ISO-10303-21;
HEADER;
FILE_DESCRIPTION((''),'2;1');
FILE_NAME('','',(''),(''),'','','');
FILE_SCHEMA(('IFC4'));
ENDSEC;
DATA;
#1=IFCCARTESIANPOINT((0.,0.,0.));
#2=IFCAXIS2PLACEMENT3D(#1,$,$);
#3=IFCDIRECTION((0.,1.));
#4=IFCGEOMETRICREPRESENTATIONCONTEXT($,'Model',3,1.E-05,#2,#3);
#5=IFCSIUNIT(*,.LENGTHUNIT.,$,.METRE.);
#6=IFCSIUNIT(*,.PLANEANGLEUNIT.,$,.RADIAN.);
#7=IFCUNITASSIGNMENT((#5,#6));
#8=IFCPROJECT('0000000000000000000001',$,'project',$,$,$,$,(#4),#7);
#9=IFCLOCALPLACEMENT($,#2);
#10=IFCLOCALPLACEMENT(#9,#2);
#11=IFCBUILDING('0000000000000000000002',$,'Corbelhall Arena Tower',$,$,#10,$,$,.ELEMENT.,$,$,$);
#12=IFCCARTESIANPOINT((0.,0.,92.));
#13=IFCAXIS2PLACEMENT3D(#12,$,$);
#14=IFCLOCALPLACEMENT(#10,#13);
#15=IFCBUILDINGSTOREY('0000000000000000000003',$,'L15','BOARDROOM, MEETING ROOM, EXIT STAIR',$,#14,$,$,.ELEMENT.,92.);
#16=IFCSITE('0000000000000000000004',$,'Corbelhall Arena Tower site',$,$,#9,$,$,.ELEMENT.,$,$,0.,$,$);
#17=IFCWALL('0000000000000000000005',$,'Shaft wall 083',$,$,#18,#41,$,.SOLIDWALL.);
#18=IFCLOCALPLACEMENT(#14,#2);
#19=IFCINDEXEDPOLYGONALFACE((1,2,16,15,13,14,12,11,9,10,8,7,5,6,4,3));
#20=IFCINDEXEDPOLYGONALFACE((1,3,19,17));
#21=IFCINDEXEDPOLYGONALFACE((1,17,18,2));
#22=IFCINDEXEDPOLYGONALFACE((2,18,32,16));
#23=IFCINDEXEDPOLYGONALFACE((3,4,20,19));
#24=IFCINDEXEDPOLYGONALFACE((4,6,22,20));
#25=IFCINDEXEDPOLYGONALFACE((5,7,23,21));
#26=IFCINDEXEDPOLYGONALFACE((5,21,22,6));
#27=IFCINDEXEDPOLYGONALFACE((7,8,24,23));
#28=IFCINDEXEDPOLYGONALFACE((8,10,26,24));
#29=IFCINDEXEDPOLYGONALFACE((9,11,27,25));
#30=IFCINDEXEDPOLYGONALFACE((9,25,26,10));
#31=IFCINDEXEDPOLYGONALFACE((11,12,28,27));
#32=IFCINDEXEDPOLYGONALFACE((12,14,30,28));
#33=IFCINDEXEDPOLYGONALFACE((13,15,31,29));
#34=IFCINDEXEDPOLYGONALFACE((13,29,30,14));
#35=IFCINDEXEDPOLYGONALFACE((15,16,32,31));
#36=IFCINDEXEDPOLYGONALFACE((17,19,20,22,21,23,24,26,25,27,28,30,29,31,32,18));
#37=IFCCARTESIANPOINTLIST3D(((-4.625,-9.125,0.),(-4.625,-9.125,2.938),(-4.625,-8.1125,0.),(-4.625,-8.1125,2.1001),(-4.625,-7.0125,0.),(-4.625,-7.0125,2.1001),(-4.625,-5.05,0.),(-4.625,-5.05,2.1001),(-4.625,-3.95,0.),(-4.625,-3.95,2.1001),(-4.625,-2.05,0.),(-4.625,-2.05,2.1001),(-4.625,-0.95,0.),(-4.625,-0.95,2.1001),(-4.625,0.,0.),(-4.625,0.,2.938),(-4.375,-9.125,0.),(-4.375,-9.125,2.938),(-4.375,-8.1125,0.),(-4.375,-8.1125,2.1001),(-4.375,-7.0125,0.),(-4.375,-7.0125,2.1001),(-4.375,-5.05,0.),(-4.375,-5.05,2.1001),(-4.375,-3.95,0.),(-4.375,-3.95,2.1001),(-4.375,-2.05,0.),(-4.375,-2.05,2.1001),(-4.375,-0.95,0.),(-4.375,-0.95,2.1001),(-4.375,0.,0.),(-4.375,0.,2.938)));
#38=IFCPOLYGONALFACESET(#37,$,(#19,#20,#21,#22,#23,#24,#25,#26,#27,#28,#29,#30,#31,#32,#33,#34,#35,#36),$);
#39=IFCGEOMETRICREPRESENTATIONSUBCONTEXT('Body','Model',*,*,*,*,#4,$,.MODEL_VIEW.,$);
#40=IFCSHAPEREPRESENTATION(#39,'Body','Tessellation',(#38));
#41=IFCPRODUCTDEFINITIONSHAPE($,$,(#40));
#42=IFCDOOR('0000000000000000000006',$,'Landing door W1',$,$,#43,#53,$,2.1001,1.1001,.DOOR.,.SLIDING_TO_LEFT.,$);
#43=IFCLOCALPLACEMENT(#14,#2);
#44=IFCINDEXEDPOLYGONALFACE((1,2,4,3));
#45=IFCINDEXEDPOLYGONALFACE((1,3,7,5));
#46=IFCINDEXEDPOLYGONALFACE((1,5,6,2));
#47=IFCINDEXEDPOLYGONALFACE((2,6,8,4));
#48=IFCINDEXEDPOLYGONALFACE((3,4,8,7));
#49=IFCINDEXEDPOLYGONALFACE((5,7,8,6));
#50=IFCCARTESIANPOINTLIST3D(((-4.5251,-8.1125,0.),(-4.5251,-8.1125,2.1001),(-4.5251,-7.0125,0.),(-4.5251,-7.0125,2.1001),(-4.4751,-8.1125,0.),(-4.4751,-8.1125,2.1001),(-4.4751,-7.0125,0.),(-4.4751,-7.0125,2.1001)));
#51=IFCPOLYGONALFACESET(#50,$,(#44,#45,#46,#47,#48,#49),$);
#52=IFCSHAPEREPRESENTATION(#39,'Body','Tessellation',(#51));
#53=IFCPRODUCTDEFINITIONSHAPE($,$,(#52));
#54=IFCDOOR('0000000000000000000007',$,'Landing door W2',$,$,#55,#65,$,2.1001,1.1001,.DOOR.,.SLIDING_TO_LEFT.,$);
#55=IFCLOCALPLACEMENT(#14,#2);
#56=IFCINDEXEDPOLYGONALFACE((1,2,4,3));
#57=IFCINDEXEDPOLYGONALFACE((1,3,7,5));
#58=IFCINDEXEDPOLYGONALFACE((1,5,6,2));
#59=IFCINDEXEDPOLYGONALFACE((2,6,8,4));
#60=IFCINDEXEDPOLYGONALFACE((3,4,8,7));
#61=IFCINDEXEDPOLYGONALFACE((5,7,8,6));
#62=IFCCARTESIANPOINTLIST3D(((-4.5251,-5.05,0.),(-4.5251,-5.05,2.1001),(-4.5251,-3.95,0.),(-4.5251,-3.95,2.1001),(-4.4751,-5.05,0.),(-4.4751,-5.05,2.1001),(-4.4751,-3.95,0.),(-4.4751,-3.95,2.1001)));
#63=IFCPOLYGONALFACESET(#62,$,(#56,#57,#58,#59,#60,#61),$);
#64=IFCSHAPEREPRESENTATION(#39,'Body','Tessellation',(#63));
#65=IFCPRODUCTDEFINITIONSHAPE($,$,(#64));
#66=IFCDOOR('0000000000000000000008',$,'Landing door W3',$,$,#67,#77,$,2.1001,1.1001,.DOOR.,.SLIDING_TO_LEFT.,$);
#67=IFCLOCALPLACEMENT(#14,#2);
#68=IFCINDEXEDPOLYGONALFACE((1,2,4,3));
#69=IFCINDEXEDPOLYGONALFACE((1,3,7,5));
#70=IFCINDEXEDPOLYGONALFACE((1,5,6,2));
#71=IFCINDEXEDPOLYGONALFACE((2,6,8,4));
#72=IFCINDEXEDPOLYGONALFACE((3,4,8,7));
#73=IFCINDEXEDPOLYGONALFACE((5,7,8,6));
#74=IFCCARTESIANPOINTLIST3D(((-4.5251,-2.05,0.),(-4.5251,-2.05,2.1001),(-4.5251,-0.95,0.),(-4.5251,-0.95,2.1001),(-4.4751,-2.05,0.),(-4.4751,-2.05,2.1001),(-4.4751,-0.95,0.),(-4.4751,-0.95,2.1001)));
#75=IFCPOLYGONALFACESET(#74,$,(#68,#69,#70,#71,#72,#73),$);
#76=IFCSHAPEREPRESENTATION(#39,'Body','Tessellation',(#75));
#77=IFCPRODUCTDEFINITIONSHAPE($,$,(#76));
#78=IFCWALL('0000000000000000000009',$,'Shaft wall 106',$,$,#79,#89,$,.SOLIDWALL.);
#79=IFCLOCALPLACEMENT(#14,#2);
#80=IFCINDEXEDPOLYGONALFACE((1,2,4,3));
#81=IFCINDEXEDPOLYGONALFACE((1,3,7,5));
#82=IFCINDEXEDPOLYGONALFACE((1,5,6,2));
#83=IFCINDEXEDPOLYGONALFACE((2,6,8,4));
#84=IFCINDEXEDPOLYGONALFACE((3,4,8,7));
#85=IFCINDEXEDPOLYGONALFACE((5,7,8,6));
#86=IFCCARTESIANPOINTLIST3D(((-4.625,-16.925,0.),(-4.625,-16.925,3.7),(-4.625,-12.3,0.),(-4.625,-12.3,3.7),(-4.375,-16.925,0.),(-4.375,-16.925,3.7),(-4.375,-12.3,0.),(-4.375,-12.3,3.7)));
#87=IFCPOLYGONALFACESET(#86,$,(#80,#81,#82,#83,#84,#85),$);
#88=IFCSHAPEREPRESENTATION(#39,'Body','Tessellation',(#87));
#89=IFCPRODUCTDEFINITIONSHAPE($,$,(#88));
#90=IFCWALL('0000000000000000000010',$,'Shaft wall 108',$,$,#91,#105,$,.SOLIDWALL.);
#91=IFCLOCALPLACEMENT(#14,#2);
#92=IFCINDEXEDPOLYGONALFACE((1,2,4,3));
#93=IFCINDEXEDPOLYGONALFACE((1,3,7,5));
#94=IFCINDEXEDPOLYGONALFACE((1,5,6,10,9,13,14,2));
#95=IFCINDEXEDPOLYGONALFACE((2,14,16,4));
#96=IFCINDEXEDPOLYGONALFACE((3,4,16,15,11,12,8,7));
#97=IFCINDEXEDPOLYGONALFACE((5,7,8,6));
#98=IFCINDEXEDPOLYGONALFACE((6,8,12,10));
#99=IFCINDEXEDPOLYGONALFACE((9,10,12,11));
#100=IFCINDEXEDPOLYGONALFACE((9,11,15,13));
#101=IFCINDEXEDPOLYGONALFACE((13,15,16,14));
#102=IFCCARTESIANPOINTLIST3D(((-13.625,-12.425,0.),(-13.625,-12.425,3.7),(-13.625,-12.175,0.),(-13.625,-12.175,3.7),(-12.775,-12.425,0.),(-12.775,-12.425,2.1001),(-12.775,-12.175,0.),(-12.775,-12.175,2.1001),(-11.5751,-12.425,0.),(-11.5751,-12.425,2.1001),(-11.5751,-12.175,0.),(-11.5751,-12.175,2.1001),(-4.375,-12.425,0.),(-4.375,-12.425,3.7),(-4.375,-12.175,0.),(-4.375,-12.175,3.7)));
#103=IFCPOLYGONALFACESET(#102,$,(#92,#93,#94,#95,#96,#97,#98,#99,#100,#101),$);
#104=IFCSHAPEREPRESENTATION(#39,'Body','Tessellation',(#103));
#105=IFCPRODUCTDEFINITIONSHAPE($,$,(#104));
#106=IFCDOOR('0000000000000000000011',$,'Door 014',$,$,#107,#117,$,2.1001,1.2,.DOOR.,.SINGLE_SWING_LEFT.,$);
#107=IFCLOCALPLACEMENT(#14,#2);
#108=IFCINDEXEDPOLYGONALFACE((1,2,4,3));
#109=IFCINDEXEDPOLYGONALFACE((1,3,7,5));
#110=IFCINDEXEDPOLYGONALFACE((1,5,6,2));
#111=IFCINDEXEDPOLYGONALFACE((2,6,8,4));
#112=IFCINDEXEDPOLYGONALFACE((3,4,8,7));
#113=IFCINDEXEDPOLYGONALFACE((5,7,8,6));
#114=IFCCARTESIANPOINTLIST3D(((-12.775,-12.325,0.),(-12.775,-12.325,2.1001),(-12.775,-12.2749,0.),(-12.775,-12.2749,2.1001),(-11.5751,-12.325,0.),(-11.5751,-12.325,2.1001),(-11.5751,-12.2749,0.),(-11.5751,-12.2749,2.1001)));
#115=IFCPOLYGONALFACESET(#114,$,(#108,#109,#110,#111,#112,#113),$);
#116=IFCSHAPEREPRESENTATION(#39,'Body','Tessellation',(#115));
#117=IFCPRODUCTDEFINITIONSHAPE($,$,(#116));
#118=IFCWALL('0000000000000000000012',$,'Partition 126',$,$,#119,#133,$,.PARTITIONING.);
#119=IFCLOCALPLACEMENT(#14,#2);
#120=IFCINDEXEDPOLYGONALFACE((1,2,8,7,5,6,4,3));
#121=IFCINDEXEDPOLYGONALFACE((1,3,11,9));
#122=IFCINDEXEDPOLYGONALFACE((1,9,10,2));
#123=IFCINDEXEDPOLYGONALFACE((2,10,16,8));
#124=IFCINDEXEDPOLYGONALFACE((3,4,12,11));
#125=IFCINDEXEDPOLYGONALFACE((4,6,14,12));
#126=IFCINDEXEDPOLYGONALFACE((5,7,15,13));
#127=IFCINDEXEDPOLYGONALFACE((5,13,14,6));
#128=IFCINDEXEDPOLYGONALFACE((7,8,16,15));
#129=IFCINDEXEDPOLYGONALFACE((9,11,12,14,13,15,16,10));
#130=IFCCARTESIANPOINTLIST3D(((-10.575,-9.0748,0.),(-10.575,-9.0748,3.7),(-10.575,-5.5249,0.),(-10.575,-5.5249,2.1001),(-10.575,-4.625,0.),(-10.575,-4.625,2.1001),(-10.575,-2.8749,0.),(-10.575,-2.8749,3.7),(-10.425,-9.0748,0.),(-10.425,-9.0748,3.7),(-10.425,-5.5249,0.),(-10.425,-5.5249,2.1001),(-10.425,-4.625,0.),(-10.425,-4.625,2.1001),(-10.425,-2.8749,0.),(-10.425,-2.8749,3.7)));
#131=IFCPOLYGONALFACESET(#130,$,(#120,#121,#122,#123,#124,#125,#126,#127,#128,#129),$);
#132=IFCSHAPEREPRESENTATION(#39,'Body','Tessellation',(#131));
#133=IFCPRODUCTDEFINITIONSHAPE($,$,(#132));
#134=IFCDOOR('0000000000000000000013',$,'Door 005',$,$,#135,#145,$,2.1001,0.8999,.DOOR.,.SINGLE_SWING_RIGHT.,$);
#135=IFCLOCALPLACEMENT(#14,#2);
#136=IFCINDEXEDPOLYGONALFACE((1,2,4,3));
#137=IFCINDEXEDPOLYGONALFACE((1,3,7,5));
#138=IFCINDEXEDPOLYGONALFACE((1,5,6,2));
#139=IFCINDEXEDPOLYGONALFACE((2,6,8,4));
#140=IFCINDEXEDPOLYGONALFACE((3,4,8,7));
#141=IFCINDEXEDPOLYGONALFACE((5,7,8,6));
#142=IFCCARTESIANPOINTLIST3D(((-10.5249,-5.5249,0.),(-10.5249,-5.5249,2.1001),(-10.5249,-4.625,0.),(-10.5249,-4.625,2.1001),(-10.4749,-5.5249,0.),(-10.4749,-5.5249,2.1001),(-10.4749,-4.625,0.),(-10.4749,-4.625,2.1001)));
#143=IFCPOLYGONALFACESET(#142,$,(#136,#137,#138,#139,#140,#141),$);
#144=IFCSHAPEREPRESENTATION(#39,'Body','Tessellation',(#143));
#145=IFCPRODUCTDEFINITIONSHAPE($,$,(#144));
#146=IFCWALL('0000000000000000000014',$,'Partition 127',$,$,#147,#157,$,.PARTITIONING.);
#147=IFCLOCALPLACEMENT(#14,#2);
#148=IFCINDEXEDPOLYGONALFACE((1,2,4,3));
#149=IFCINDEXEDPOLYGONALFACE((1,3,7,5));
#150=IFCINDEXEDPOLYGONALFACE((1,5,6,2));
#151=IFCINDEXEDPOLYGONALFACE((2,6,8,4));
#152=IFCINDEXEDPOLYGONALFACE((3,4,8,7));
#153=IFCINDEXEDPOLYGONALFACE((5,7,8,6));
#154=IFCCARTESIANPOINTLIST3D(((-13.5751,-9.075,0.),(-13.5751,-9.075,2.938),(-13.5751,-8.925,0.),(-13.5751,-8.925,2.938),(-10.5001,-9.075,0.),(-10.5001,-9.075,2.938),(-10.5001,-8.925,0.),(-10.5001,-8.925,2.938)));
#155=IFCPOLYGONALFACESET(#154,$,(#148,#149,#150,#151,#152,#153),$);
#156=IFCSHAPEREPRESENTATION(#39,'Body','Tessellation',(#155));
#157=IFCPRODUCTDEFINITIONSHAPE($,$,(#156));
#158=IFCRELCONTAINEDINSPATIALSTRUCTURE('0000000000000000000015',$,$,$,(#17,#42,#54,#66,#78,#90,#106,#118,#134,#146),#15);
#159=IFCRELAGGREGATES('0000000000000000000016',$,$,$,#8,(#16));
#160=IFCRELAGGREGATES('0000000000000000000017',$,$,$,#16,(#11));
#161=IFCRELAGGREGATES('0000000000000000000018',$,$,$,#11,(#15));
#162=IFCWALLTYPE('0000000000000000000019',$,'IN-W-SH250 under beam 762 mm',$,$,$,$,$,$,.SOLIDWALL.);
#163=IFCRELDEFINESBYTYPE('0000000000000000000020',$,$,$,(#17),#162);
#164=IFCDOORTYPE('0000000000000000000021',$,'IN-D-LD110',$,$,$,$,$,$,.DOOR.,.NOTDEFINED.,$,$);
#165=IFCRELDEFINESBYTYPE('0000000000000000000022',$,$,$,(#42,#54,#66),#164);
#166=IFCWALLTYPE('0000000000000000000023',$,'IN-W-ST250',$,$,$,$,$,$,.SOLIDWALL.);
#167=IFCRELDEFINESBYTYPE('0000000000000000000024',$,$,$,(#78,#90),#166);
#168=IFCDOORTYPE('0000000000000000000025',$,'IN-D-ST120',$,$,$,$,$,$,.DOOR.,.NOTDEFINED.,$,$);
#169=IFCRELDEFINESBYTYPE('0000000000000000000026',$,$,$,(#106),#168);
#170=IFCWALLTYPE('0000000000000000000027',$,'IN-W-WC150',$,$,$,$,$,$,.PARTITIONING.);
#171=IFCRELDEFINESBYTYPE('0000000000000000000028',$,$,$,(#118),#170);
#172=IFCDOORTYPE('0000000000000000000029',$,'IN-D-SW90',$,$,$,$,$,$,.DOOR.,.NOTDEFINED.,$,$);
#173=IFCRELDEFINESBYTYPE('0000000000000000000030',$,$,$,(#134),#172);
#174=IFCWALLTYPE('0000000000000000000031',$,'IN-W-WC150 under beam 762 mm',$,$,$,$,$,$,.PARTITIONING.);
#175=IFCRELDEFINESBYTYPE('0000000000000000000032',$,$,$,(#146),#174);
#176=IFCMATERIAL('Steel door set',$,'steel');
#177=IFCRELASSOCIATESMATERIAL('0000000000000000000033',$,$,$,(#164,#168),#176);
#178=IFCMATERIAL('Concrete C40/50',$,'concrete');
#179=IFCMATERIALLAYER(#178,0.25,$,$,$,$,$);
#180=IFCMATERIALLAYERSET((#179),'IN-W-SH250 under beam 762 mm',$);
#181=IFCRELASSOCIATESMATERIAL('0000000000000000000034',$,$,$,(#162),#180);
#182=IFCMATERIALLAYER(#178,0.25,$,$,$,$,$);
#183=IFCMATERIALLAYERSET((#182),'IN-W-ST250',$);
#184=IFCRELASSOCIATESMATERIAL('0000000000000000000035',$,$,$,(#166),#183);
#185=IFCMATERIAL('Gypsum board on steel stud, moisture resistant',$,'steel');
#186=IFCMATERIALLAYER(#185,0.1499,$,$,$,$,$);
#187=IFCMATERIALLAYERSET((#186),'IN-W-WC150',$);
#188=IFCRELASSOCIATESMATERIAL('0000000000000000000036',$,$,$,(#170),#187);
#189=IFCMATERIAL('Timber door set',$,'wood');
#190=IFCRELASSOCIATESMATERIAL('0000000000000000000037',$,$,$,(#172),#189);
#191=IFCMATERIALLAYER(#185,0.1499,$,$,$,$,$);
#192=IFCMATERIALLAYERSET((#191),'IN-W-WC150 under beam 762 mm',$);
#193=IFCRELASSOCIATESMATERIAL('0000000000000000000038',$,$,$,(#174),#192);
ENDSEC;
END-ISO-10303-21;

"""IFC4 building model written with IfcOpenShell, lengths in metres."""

from ifc_helpers import new_model, si_unit, direction, frame, frame_2d, origin, place, context, subcontext, project, spatial, rectangle, extrude, material, layer, layer_set, type_object, element, fill, save


model = new_model("IFC4")

# Units and contexts
model_context = context("Model", 3, precision=1e-05, world=origin(), true_north=direction((0.0, 1.0)))
body_context = subcontext(model_context, "Body", "Model", "MODEL_VIEW")
ifc_project = project(units=[si_unit("LENGTHUNIT", "METRE"), si_unit("PLANEANGLEUNIT", "RADIAN")], contexts=[model_context])

# Site, building, storey
site_placement = place(None, origin())
site = spatial("IfcSite", under=ifc_project, at=site_placement, Name="Corbelhall Arena Tower site", CompositionType="ELEMENT", RefElevation=0.0)
building_placement = place(site_placement, origin())
building = spatial("IfcBuilding", under=site, at=building_placement, Name="Corbelhall Arena Tower", CompositionType="ELEMENT")
storey_placement = place(building_placement, frame((0.0, 0.0, 92.0)))
storey = spatial("IfcBuildingStorey", under=building, at=storey_placement, Name="L15", Description="BOARDROOM, MEETING ROOM, EXIT STAIR", CompositionType="ELEMENT", Elevation=92.0)

# Shared definitions
ifc_material_1 = material(Name="Concrete C40/50", Category="concrete")
ifc_material_2 = material(Name="Steel door set", Category="steel")
door_type_1 = type_object("IfcDoorType", Name="IN-D-LD110", OperationType="NOTDEFINED", PredefinedType="DOOR", material=ifc_material_2)

# Shared definitions
ifc_layer_1 = layer(ifc_material_1, 0.25)
ifc_layer_set_1 = layer_set([ifc_layer_1], Name="IN-W-SH250 under beam 762 mm")
wall_type_1 = type_object("IfcWallType", Name="IN-W-SH250 under beam 762 mm", PredefinedType="SOLIDWALL", material=ifc_layer_set_1)

# Wall, openings, doors
wall_1_placement = place(storey_placement, frame((-4.5, 0.0, 0.0), z_axis=(0.0, 0.0, 1.0), x_axis=(0.0, -1.0, 0.0)))
wall_1 = element("IfcWall", 1, at=wall_1_placement, inside=storey, type_object=wall_type_1, Name="Shaft wall 083", PredefinedType="SOLIDWALL", context=body_context, shape_type="SweptSolid", body=[
    extrude(rectangle(XDim=9.125, YDim=0.25, at=frame_2d((4.5625, 0.0))), origin(), (0.0, 0.0, 1.0), 2.938),
])
opening_1_placement = place(wall_1_placement, frame((7.0125, 0.0, 0.0)))
opening_1 = element("IfcOpeningElement", 2, at=opening_1_placement, cuts=wall_1, PredefinedType="OPENING", context=body_context, shape_type="SweptSolid", body=[
    extrude(rectangle(XDim=1.1001, YDim=2.1001, at=frame_2d((0.55, 1.05))), frame((0.0, 0.125, 0.0), z_axis=(0.0, -1.0, 0.0), x_axis=(1.0, 0.0, 0.0)), (0.0, 0.0, 1.0), 0.25),
])
opening_2_placement = place(wall_1_placement, frame((3.95, 0.0, 0.0)))
opening_2 = element("IfcOpeningElement", 3, at=opening_2_placement, cuts=wall_1, PredefinedType="OPENING", context=body_context, shape_type="SweptSolid", body=[
    extrude(rectangle(XDim=1.1001, YDim=2.1001, at=frame_2d((0.55, 1.05))), frame((0.0, 0.125, 0.0), z_axis=(0.0, -1.0, 0.0), x_axis=(1.0, 0.0, 0.0)), (0.0, 0.0, 1.0), 0.25),
])
opening_3_placement = place(wall_1_placement, frame((0.95, 0.0, 0.0)))
opening_3 = element("IfcOpeningElement", 4, at=opening_3_placement, cuts=wall_1, PredefinedType="OPENING", context=body_context, shape_type="SweptSolid", body=[
    extrude(rectangle(XDim=1.1001, YDim=2.1001, at=frame_2d((0.55, 1.05))), frame((0.0, 0.125, 0.0), z_axis=(0.0, -1.0, 0.0), x_axis=(1.0, 0.0, 0.0)), (0.0, 0.0, 1.0), 0.25),
])
door_1_placement = place(opening_1_placement, origin())
door_1 = element("IfcDoor", 5, at=door_1_placement, inside=storey, type_object=door_type_1, Name="Landing door W1", OperationType="SLIDING_TO_LEFT", OverallHeight=2.1001, OverallWidth=1.1001, PredefinedType="DOOR", context=body_context, shape_type="SweptSolid", body=[
    extrude(rectangle(XDim=1.1001, YDim=2.1001, at=frame_2d((0.55, 1.05))), frame((0.0, 0.0249, 0.0), z_axis=(0.0, -1.0, 0.0), x_axis=(1.0, 0.0, 0.0)), (0.0, 0.0, 1.0), 0.05),
])
fill(opening_1, door_1)
door_2_placement = place(opening_2_placement, origin())
door_2 = element("IfcDoor", 6, at=door_2_placement, inside=storey, type_object=door_type_1, Name="Landing door W2", OperationType="SLIDING_TO_LEFT", OverallHeight=2.1001, OverallWidth=1.1001, PredefinedType="DOOR", context=body_context, shape_type="SweptSolid", body=[
    extrude(rectangle(XDim=1.1001, YDim=2.1001, at=frame_2d((0.55, 1.05))), frame((0.0, 0.0249, 0.0), z_axis=(0.0, -1.0, 0.0), x_axis=(1.0, 0.0, 0.0)), (0.0, 0.0, 1.0), 0.05),
])
fill(opening_2, door_2)
door_3_placement = place(opening_3_placement, origin())
door_3 = element("IfcDoor", 7, at=door_3_placement, inside=storey, type_object=door_type_1, Name="Landing door W3", OperationType="SLIDING_TO_LEFT", OverallHeight=2.1001, OverallWidth=1.1001, PredefinedType="DOOR", context=body_context, shape_type="SweptSolid", body=[
    extrude(rectangle(XDim=1.1001, YDim=2.1001, at=frame_2d((0.55, 1.05))), frame((0.0, 0.0249, 0.0), z_axis=(0.0, -1.0, 0.0), x_axis=(1.0, 0.0, 0.0)), (0.0, 0.0, 1.0), 0.05),
])
fill(opening_3, door_3)

# Wall
ifc_layer_2 = layer(ifc_material_1, 0.25)
ifc_layer_set_2 = layer_set([ifc_layer_2], Name="IN-W-ST250")
wall_type_2 = type_object("IfcWallType", Name="IN-W-ST250", PredefinedType="SOLIDWALL", material=ifc_layer_set_2)
wall_2_placement = place(storey_placement, frame((-4.5, -12.3, 0.0), z_axis=(0.0, 0.0, 1.0), x_axis=(0.0, -1.0, 0.0)))
element("IfcWall", 8, at=wall_2_placement, inside=storey, type_object=wall_type_2, Name="Shaft wall 106", PredefinedType="SOLIDWALL", context=body_context, shape_type="SweptSolid", body=[
    extrude(rectangle(XDim=4.625, YDim=0.25, at=frame_2d((2.3125, 0.0))), origin(), (0.0, 0.0, 1.0), 3.7),
])

# Walls, openings, doors
wall_3_placement = place(storey_placement, frame((-4.375, -12.3, 0.0), z_axis=(0.0, 0.0, 1.0), x_axis=(-1.0, 0.0, 0.0)))
wall_3 = element("IfcWall", 9, at=wall_3_placement, inside=storey, type_object=wall_type_2, Name="Shaft wall 108", PredefinedType="SOLIDWALL", context=body_context, shape_type="SweptSolid", body=[
    extrude(rectangle(XDim=9.25, YDim=0.25, at=frame_2d((4.625, 0.0))), origin(), (0.0, 0.0, 1.0), 3.7),
])
opening_4_placement = place(wall_3_placement, frame((7.2, 0.0, 0.0)))
opening_4 = element("IfcOpeningElement", 10, at=opening_4_placement, cuts=wall_3, PredefinedType="OPENING", context=body_context, shape_type="SweptSolid", body=[
    extrude(rectangle(XDim=1.2, YDim=2.1001, at=frame_2d((0.6001, 1.05))), frame((0.0, 0.125, 0.0), z_axis=(0.0, -1.0, 0.0), x_axis=(1.0, 0.0, 0.0)), (0.0, 0.0, 1.0), 0.25),
])
door_type_2 = type_object("IfcDoorType", Name="IN-D-ST120", OperationType="NOTDEFINED", PredefinedType="DOOR", material=ifc_material_2)
door_4_placement = place(opening_4_placement, origin())
door_4 = element("IfcDoor", 11, at=door_4_placement, inside=storey, type_object=door_type_2, Name="Door 014", OperationType="SINGLE_SWING_LEFT", OverallHeight=2.1001, OverallWidth=1.2, PredefinedType="DOOR", context=body_context, shape_type="SweptSolid", body=[
    extrude(rectangle(XDim=1.2, YDim=2.1001, at=frame_2d((0.6001, 1.05))), frame((0.0, 0.0249, 0.0), z_axis=(0.0, -1.0, 0.0), x_axis=(1.0, 0.0, 0.0)), (0.0, 0.0, 1.0), 0.05),
])
fill(opening_4, door_4)
ifc_material_3 = material(Name="Gypsum board on steel stud, moisture resistant", Category="steel")
ifc_layer_3 = layer(ifc_material_3, 0.1499)
ifc_layer_set_3 = layer_set([ifc_layer_3], Name="IN-W-WC150")
wall_type_3 = type_object("IfcWallType", Name="IN-W-WC150", PredefinedType="PARTITIONING", material=ifc_layer_set_3)
wall_4_placement = place(storey_placement, frame((-10.5, -9.075, 0.0), z_axis=(0.0, 0.0, 1.0), x_axis=(0.0, 1.0, 0.0)))
wall_4 = element("IfcWall", 12, at=wall_4_placement, inside=storey, type_object=wall_type_3, Name="Partition 126", PredefinedType="PARTITIONING", context=body_context, shape_type="SweptSolid", body=[
    extrude(rectangle(XDim=6.2, YDim=0.1499, at=frame_2d((3.1001, 0.0))), origin(), (0.0, 0.0, 1.0), 3.7),
])
opening_5_placement = place(wall_4_placement, frame((3.55, 0.0, 0.0)))
opening_5 = element("IfcOpeningElement", 13, at=opening_5_placement, cuts=wall_4, PredefinedType="OPENING", context=body_context, shape_type="SweptSolid", body=[
    extrude(rectangle(XDim=0.8999, YDim=2.1001, at=frame_2d((0.45, 1.05))), frame((0.0, 0.075, 0.0), z_axis=(0.0, -1.0, 0.0), x_axis=(1.0, 0.0, 0.0)), (0.0, 0.0, 1.0), 0.1499),
])
ifc_material_4 = material(Name="Timber door set", Category="wood")
door_type_3 = type_object("IfcDoorType", Name="IN-D-SW90", OperationType="NOTDEFINED", PredefinedType="DOOR", material=ifc_material_4)
door_5_placement = place(opening_5_placement, origin())
door_5 = element("IfcDoor", 14, at=door_5_placement, inside=storey, type_object=door_type_3, Name="Door 005", OperationType="SINGLE_SWING_RIGHT", OverallHeight=2.1001, OverallWidth=0.8999, PredefinedType="DOOR", context=body_context, shape_type="SweptSolid", body=[
    extrude(rectangle(XDim=0.8999, YDim=2.1001, at=frame_2d((0.45, 1.05))), frame((0.0, 0.0249, 0.0), z_axis=(0.0, -1.0, 0.0), x_axis=(1.0, 0.0, 0.0)), (0.0, 0.0, 1.0), 0.05),
])
fill(opening_5, door_5)

# Wall
ifc_layer_4 = layer(ifc_material_3, 0.1499)
ifc_layer_set_4 = layer_set([ifc_layer_4], Name="IN-W-WC150 under beam 762 mm")
wall_type_4 = type_object("IfcWallType", Name="IN-W-WC150 under beam 762 mm", PredefinedType="PARTITIONING", material=ifc_layer_set_4)
wall_5_placement = place(storey_placement, frame((-10.5, -9.0, 0.0), z_axis=(0.0, 0.0, 1.0), x_axis=(-1.0, 0.0, 0.0)))
element("IfcWall", 15, at=wall_5_placement, inside=storey, type_object=wall_type_4, Name="Partition 127", PredefinedType="PARTITIONING", context=body_context, shape_type="SweptSolid", body=[
    extrude(rectangle(XDim=3.075, YDim=0.1499, at=frame_2d((1.5376, 0.0))), origin(), (0.0, 0.0, 1.0), 2.938),
])

save(model, "model.ifc")
